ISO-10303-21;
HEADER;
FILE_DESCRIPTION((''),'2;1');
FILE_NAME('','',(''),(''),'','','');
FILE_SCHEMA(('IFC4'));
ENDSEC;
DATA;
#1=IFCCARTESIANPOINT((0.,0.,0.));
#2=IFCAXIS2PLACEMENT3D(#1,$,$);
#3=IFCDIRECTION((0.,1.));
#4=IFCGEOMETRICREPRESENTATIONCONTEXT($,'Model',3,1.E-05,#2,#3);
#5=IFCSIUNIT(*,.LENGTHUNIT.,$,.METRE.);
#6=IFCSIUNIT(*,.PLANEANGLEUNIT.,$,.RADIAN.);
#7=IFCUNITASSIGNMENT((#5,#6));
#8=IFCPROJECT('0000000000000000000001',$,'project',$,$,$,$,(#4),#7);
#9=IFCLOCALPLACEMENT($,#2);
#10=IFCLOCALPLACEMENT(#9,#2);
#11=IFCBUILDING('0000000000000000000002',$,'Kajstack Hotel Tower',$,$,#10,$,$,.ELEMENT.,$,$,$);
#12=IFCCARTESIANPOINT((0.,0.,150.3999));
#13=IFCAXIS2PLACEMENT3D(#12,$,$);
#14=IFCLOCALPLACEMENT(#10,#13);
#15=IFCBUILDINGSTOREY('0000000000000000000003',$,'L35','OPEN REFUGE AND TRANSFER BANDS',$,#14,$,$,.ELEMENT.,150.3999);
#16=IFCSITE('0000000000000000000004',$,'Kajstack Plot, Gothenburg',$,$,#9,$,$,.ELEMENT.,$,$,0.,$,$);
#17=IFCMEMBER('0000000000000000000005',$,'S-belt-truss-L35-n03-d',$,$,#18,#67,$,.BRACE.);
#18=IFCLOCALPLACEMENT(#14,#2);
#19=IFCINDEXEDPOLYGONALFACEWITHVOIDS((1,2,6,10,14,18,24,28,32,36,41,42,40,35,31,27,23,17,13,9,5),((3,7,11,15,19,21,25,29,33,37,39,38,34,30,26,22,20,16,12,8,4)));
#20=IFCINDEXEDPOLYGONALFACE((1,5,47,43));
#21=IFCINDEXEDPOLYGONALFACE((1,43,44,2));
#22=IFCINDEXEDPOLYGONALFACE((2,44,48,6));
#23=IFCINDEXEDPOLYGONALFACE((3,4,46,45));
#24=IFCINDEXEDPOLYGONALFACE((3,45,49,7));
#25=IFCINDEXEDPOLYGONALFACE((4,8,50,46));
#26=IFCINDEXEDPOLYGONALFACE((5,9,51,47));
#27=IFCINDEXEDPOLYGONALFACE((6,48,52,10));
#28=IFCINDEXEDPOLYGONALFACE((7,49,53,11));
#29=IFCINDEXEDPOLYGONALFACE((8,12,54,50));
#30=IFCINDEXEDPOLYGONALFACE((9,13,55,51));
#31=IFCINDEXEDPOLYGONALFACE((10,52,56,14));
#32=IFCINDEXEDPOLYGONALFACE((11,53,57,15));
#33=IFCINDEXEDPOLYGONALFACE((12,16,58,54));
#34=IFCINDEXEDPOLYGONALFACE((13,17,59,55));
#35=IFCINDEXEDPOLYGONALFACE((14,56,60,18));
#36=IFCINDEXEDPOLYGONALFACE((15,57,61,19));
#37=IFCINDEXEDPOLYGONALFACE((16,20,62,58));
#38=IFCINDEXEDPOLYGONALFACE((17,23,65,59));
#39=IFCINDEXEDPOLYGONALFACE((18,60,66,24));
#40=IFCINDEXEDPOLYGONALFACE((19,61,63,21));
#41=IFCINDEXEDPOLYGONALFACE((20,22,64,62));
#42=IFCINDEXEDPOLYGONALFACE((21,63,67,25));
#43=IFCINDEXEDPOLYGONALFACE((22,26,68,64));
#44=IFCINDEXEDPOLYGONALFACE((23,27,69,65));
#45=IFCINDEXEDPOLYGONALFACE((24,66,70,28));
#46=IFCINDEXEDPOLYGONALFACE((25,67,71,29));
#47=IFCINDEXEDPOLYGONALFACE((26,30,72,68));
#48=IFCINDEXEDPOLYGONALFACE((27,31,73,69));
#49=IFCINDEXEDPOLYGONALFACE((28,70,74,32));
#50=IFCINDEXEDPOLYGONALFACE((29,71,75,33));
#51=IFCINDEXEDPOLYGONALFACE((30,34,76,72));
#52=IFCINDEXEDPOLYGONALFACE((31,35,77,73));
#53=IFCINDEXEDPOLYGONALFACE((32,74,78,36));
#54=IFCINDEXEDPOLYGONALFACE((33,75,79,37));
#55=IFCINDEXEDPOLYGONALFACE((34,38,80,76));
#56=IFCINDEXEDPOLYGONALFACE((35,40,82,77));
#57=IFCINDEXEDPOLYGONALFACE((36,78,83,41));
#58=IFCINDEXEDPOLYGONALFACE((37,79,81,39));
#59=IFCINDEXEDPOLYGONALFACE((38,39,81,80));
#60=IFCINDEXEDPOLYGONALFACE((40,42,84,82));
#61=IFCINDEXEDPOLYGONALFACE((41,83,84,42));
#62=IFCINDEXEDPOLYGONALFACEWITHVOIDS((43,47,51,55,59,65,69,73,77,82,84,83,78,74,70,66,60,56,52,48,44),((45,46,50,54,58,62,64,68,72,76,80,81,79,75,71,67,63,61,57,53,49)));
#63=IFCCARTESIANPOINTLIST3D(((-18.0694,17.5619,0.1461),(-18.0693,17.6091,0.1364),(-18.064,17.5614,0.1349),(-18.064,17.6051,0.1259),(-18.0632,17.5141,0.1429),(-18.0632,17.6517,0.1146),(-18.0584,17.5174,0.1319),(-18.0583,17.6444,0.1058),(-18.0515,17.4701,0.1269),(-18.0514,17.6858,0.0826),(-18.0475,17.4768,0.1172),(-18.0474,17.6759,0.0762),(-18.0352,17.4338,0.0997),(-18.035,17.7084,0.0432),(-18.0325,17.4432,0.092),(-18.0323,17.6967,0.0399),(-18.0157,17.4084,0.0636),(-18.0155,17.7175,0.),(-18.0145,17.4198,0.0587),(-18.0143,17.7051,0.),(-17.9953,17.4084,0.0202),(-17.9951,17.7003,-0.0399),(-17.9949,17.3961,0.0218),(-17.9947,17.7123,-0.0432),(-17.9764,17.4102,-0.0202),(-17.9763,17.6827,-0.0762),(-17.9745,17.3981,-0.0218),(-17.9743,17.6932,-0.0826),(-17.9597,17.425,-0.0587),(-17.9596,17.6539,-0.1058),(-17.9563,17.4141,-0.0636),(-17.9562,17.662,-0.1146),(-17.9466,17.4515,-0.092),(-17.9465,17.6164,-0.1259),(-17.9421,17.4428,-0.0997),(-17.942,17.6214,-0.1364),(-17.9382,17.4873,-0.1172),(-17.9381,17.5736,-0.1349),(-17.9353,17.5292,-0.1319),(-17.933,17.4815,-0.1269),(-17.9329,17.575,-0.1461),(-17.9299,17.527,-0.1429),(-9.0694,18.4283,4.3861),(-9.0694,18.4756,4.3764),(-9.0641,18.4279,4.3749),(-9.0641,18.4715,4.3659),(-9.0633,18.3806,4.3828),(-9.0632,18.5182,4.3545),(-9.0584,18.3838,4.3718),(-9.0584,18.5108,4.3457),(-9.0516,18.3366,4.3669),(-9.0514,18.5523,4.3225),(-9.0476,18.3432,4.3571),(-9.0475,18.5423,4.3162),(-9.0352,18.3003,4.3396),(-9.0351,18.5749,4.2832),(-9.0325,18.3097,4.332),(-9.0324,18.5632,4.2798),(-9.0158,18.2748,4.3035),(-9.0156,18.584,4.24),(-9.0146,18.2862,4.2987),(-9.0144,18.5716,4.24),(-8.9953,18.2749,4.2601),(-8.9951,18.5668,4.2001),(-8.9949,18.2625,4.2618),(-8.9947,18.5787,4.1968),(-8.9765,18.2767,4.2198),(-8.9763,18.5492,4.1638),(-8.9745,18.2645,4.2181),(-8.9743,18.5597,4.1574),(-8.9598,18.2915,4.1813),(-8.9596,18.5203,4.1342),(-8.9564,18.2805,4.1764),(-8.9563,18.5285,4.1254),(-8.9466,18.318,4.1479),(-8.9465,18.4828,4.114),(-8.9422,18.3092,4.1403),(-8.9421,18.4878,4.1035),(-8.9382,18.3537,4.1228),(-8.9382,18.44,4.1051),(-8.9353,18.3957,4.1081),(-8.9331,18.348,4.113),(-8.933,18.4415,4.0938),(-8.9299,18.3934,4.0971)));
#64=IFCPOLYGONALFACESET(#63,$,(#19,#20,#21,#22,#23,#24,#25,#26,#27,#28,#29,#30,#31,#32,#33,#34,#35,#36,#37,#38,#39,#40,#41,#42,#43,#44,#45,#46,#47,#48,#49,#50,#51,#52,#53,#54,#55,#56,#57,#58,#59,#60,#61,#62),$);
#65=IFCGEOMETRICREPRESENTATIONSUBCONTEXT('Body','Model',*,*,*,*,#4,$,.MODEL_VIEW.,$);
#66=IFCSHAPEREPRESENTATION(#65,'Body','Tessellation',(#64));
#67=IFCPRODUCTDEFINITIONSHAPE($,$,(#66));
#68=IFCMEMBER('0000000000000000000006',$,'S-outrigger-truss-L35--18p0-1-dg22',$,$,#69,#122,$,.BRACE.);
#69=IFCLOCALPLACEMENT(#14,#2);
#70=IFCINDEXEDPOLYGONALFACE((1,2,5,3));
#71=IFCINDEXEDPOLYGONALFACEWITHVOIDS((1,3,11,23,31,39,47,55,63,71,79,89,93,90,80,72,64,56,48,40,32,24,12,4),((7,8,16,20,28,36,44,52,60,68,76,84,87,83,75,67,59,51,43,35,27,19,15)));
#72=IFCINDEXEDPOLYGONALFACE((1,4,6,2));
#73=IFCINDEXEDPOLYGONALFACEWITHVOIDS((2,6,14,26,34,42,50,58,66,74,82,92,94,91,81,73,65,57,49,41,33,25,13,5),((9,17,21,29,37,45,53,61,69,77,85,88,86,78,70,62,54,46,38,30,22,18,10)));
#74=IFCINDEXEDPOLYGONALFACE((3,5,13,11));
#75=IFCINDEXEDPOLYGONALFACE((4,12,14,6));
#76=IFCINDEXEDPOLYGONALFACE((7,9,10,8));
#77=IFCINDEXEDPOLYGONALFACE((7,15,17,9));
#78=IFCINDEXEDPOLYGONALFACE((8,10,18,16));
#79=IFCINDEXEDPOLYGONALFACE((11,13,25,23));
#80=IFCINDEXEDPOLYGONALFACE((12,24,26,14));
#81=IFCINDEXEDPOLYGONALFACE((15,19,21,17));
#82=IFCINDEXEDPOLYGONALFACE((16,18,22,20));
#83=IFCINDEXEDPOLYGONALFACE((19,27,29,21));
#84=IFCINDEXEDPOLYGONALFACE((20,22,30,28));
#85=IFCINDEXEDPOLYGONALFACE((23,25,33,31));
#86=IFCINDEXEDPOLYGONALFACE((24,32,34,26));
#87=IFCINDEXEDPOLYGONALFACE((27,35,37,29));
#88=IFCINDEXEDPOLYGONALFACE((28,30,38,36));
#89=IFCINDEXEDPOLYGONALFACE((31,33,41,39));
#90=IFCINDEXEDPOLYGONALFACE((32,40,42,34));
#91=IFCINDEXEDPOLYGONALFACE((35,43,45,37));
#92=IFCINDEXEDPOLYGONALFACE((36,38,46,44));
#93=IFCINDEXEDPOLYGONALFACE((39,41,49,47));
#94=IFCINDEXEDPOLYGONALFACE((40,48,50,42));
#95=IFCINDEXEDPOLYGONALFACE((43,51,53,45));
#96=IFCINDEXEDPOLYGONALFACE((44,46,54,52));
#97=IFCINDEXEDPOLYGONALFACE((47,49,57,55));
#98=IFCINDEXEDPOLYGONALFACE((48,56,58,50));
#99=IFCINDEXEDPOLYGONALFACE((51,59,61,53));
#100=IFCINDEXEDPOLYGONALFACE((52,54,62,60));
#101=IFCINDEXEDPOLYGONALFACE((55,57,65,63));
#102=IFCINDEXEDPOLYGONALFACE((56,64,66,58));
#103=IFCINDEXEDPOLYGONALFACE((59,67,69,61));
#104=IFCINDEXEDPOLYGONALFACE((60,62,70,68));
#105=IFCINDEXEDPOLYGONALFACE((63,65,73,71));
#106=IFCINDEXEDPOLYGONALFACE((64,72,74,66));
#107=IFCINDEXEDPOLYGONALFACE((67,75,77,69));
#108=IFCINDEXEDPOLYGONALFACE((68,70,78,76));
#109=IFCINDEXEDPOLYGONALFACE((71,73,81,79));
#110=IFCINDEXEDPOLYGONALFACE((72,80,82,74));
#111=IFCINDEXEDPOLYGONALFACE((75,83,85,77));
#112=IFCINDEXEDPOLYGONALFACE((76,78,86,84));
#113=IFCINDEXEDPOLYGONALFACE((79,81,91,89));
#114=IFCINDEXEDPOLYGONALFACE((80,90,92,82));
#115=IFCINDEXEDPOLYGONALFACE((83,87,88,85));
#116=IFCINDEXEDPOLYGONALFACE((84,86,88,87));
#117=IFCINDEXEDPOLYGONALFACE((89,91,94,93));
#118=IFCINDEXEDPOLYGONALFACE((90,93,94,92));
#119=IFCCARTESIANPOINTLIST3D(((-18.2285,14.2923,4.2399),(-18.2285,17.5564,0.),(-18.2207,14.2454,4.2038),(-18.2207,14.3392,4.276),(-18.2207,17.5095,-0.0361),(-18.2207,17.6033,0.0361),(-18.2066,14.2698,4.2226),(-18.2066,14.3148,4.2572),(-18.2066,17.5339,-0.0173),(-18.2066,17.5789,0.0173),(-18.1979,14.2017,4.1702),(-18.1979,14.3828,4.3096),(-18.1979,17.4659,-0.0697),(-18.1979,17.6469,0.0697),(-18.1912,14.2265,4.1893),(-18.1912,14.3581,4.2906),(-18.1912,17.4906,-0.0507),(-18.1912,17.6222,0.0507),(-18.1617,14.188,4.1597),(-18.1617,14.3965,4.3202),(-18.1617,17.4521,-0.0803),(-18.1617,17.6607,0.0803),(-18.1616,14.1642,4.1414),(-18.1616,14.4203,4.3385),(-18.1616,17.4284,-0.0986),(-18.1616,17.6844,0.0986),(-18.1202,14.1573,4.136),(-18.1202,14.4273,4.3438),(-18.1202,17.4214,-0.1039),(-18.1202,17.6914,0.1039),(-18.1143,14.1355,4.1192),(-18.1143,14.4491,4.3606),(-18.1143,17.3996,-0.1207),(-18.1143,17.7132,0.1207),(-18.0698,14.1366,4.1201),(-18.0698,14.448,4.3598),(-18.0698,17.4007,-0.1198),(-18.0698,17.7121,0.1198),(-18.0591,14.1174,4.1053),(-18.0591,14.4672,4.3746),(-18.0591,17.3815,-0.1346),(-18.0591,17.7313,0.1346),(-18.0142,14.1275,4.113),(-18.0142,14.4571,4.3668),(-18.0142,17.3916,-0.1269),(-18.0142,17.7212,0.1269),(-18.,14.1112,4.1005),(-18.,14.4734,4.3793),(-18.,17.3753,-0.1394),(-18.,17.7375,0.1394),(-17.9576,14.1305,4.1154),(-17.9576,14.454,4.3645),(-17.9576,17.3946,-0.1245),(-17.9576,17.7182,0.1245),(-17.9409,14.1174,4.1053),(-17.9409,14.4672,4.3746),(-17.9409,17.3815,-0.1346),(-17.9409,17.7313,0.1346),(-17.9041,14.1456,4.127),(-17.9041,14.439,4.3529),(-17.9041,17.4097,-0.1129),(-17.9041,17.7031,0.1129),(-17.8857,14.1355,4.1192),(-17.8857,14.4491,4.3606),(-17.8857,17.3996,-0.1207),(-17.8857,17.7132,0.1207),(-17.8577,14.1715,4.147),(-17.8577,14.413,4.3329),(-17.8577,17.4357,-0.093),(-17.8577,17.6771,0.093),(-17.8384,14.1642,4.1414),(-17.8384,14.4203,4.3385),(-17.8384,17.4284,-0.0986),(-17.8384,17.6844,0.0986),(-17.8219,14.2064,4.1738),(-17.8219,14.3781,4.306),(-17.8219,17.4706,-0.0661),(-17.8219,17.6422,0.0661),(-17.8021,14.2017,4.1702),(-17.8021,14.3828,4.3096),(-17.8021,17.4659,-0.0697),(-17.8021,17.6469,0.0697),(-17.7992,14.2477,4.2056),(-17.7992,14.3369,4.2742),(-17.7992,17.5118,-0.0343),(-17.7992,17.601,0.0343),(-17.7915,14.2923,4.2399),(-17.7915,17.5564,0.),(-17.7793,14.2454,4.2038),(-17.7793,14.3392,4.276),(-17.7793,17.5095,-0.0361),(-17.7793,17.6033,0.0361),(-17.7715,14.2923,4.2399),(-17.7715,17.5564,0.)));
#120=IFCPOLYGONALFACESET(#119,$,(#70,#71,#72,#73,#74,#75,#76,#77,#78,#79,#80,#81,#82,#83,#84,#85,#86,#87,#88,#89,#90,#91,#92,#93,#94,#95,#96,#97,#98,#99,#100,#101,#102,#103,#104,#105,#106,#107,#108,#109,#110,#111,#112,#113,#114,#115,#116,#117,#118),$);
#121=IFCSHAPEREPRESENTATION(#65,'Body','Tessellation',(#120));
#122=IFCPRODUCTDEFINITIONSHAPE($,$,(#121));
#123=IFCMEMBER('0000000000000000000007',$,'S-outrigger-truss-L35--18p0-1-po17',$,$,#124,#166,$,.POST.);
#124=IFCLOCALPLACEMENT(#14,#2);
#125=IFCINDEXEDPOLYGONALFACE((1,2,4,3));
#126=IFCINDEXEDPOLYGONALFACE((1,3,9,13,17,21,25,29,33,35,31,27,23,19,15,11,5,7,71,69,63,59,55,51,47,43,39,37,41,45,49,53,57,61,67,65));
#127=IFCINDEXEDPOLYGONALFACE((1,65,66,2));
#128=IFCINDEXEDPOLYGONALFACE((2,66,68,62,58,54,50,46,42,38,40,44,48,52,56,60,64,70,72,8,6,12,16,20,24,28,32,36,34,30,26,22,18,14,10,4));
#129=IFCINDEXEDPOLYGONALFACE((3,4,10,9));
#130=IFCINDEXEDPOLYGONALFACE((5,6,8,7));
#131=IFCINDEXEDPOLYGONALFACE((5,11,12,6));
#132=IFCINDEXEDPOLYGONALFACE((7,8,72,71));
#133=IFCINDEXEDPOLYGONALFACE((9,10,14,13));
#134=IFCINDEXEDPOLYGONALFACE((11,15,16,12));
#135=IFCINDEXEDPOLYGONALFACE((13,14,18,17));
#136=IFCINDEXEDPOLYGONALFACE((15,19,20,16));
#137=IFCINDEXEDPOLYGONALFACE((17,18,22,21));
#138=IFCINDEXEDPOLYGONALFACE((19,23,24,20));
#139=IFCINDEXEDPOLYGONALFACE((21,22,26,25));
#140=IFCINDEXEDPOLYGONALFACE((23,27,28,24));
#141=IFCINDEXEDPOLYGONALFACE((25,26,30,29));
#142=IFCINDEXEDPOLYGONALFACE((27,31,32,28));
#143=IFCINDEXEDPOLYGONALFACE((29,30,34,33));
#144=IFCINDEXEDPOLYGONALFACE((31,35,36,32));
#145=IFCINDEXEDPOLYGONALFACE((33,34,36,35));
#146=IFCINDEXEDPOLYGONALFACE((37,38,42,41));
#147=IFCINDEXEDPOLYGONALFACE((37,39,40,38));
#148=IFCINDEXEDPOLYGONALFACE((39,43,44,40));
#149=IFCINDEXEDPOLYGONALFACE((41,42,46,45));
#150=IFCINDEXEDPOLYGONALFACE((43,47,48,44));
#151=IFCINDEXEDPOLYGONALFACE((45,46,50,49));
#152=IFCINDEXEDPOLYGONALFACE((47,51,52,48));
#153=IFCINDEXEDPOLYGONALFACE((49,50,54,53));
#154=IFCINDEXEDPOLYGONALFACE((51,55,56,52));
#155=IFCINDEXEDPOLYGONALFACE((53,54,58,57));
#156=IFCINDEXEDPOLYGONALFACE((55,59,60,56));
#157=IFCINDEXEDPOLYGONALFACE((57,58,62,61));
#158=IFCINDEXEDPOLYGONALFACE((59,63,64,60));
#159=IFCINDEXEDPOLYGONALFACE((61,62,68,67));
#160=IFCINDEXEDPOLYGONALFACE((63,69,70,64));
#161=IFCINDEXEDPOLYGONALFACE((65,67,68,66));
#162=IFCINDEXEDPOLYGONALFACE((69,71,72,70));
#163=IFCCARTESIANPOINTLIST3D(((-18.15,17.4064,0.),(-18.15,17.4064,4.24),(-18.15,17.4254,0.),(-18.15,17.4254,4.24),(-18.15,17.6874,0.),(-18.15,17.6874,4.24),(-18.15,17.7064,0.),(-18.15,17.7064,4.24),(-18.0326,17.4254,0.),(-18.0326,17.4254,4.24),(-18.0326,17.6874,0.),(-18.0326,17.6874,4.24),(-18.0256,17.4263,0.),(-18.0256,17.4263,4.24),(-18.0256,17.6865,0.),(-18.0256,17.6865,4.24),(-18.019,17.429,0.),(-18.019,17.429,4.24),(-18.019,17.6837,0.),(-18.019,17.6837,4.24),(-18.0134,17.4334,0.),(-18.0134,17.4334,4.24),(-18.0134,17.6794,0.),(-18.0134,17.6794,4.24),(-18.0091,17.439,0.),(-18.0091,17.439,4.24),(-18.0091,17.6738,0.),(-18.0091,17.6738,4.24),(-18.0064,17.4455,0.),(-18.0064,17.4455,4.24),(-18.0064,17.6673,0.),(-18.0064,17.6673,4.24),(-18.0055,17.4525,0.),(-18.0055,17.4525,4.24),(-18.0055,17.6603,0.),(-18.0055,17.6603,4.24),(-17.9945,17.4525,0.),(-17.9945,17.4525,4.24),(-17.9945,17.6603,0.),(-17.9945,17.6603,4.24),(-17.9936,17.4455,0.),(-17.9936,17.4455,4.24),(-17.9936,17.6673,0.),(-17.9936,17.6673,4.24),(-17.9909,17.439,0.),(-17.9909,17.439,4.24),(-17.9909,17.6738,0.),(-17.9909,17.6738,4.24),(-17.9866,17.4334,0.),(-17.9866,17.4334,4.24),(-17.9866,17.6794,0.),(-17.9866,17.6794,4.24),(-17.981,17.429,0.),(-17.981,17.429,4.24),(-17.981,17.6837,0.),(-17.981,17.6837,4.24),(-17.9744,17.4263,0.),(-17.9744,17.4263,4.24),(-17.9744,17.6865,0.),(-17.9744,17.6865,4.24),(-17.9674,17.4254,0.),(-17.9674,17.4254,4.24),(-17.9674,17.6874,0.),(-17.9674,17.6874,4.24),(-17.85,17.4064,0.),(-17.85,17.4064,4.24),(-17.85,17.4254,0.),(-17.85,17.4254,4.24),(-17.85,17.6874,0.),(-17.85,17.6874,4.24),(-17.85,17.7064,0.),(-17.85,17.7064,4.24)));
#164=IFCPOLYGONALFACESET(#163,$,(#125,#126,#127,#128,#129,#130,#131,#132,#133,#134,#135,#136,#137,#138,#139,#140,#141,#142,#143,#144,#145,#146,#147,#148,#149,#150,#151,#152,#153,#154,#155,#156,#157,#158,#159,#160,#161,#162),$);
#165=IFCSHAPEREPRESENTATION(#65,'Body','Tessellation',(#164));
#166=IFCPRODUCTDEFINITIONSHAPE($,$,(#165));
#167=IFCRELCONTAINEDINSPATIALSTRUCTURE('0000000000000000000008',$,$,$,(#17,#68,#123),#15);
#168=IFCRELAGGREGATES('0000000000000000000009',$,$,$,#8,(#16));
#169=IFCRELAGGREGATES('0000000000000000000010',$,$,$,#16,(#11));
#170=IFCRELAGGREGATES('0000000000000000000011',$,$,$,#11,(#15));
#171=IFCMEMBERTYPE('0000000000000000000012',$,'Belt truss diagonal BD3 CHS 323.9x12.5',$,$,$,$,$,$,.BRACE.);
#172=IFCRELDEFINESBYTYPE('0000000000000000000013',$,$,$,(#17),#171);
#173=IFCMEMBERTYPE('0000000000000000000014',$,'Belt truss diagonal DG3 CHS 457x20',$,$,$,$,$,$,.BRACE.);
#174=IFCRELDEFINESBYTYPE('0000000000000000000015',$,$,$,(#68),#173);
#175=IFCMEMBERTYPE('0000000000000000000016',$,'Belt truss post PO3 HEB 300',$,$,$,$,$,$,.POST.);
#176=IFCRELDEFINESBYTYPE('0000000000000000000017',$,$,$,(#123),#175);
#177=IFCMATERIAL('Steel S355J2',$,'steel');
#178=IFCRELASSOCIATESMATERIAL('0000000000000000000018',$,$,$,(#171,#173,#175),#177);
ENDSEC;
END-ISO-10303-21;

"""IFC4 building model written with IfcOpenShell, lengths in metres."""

from ifc_helpers import new_model, si_unit, direction, frame, origin, origin_2d, place, context, subcontext, project, spatial, hollow_circle, i_section, extrude, material, material_profile, profile_set, type_object, element, save


model = new_model("IFC4")

# Units and contexts
model_context = context("Model", 3, precision=1e-05, world=origin(), true_north=direction((0.0, 1.0)))
body_context = subcontext(model_context, "Body", "Model", "MODEL_VIEW")
ifc_project = project(units=[si_unit("LENGTHUNIT", "METRE"), si_unit("PLANEANGLEUNIT", "RADIAN")], contexts=[model_context])

# Site, building, storey
site_placement = place(None, origin())
site = spatial("IfcSite", under=ifc_project, at=site_placement, Name="Kajstack Plot, Gothenburg", CompositionType="ELEMENT", RefElevation=0.0)
building_placement = place(site_placement, origin())
building = spatial("IfcBuilding", under=site, at=building_placement, Name="Kajstack Hotel Tower", CompositionType="ELEMENT")
storey_placement = place(building_placement, frame((0.0, 0.0, 150.3999)))
storey = spatial("IfcBuildingStorey", under=building, at=storey_placement, Name="L35", Description="OPEN REFUGE AND TRANSFER BANDS", CompositionType="ELEMENT", Elevation=150.3999)

# Members
ifc_material = material(Name="Steel S355J2", Category="steel")
ifc_material_profile_1 = material_profile(ifc_material, hollow_circle(Radius=0.1619, WallThickness=0.0125, at=origin_2d()), Name="CHS 323.9x12.5")
ifc_profile_set_1 = profile_set([ifc_material_profile_1], Name="Steel S355J2")
member_type_1 = type_object("IfcMemberType", Name="Belt truss diagonal BD3 CHS 323.9x12.5", PredefinedType="BRACE", material=ifc_profile_set_1)
for number, where, z_axis, x_axis, name in (
    (1, (-18.0, 17.5564, 0.0), (0.901225, 0.086763, 0.424576), (-0.09583, 0.995398, 0.0), "S-belt-truss-L35-n03-d"),
):
    element("IfcMember", number, at=place(storey_placement, frame(where, z_axis=z_axis, x_axis=x_axis)), inside=storey, type_object=member_type_1, Name=name, PredefinedType="BRACE", context=body_context, shape_type="SweptSolid", body=[
        extrude(hollow_circle(Radius=0.1619, WallThickness=0.0125, at=origin_2d()), origin(), (0.0, 0.0, 1.0), 9.9863),
    ])
ifc_material_profile_2 = material_profile(ifc_material, hollow_circle(Radius=0.2285, WallThickness=0.02, at=origin_2d()), Name="CHS 457x20")
ifc_profile_set_2 = profile_set([ifc_material_profile_2], Name="Steel S355J2")
member_type_2 = type_object("IfcMemberType", Name="Belt truss diagonal DG3 CHS 457x20", PredefinedType="BRACE", material=ifc_profile_set_2)
member_1_placement = place(storey_placement, frame((-18.0, 17.5564, 0.0), z_axis=(0.0, -0.610019, 0.792386), x_axis=(1.0, 0.0, 0.0)))
element("IfcMember", 2, at=member_1_placement, inside=storey, type_object=member_type_2, Name="S-outrigger-truss-L35--18p0-1-dg22", PredefinedType="BRACE", context=body_context, shape_type="SweptSolid", body=[
    extrude(hollow_circle(Radius=0.2285, WallThickness=0.02, at=origin_2d()), origin(), (0.0, 0.0, 1.0), 5.3508),
])
ifc_material_profile_3 = material_profile(ifc_material, i_section(OverallWidth=0.3, OverallDepth=0.3, WebThickness=0.011, FlangeThickness=0.019, FilletRadius=0.0271, at=origin_2d()), Name="HEB 300")
ifc_profile_set_3 = profile_set([ifc_material_profile_3], Name="Steel S355J2")
member_type_3 = type_object("IfcMemberType", Name="Belt truss post PO3 HEB 300", PredefinedType="POST", material=ifc_profile_set_3)
for number, where, z_axis, x_axis, name in (
    (3, (-18.0, 17.5564, 0.0), (0.0, 0.0, 1.0), (1.0, 0.0, 0.0), "S-outrigger-truss-L35--18p0-1-po17"),
):
    element("IfcMember", number, at=place(storey_placement, frame(where, z_axis=z_axis, x_axis=x_axis)), inside=storey, type_object=member_type_3, Name=name, PredefinedType="POST", context=body_context, shape_type="SweptSolid", body=[
        extrude(i_section(OverallWidth=0.3, OverallDepth=0.3, WebThickness=0.011, FlangeThickness=0.019, FilletRadius=0.0271, at=origin_2d()), origin(), (0.0, 0.0, 1.0), 4.24),
    ])

save(model, "model.ifc")
